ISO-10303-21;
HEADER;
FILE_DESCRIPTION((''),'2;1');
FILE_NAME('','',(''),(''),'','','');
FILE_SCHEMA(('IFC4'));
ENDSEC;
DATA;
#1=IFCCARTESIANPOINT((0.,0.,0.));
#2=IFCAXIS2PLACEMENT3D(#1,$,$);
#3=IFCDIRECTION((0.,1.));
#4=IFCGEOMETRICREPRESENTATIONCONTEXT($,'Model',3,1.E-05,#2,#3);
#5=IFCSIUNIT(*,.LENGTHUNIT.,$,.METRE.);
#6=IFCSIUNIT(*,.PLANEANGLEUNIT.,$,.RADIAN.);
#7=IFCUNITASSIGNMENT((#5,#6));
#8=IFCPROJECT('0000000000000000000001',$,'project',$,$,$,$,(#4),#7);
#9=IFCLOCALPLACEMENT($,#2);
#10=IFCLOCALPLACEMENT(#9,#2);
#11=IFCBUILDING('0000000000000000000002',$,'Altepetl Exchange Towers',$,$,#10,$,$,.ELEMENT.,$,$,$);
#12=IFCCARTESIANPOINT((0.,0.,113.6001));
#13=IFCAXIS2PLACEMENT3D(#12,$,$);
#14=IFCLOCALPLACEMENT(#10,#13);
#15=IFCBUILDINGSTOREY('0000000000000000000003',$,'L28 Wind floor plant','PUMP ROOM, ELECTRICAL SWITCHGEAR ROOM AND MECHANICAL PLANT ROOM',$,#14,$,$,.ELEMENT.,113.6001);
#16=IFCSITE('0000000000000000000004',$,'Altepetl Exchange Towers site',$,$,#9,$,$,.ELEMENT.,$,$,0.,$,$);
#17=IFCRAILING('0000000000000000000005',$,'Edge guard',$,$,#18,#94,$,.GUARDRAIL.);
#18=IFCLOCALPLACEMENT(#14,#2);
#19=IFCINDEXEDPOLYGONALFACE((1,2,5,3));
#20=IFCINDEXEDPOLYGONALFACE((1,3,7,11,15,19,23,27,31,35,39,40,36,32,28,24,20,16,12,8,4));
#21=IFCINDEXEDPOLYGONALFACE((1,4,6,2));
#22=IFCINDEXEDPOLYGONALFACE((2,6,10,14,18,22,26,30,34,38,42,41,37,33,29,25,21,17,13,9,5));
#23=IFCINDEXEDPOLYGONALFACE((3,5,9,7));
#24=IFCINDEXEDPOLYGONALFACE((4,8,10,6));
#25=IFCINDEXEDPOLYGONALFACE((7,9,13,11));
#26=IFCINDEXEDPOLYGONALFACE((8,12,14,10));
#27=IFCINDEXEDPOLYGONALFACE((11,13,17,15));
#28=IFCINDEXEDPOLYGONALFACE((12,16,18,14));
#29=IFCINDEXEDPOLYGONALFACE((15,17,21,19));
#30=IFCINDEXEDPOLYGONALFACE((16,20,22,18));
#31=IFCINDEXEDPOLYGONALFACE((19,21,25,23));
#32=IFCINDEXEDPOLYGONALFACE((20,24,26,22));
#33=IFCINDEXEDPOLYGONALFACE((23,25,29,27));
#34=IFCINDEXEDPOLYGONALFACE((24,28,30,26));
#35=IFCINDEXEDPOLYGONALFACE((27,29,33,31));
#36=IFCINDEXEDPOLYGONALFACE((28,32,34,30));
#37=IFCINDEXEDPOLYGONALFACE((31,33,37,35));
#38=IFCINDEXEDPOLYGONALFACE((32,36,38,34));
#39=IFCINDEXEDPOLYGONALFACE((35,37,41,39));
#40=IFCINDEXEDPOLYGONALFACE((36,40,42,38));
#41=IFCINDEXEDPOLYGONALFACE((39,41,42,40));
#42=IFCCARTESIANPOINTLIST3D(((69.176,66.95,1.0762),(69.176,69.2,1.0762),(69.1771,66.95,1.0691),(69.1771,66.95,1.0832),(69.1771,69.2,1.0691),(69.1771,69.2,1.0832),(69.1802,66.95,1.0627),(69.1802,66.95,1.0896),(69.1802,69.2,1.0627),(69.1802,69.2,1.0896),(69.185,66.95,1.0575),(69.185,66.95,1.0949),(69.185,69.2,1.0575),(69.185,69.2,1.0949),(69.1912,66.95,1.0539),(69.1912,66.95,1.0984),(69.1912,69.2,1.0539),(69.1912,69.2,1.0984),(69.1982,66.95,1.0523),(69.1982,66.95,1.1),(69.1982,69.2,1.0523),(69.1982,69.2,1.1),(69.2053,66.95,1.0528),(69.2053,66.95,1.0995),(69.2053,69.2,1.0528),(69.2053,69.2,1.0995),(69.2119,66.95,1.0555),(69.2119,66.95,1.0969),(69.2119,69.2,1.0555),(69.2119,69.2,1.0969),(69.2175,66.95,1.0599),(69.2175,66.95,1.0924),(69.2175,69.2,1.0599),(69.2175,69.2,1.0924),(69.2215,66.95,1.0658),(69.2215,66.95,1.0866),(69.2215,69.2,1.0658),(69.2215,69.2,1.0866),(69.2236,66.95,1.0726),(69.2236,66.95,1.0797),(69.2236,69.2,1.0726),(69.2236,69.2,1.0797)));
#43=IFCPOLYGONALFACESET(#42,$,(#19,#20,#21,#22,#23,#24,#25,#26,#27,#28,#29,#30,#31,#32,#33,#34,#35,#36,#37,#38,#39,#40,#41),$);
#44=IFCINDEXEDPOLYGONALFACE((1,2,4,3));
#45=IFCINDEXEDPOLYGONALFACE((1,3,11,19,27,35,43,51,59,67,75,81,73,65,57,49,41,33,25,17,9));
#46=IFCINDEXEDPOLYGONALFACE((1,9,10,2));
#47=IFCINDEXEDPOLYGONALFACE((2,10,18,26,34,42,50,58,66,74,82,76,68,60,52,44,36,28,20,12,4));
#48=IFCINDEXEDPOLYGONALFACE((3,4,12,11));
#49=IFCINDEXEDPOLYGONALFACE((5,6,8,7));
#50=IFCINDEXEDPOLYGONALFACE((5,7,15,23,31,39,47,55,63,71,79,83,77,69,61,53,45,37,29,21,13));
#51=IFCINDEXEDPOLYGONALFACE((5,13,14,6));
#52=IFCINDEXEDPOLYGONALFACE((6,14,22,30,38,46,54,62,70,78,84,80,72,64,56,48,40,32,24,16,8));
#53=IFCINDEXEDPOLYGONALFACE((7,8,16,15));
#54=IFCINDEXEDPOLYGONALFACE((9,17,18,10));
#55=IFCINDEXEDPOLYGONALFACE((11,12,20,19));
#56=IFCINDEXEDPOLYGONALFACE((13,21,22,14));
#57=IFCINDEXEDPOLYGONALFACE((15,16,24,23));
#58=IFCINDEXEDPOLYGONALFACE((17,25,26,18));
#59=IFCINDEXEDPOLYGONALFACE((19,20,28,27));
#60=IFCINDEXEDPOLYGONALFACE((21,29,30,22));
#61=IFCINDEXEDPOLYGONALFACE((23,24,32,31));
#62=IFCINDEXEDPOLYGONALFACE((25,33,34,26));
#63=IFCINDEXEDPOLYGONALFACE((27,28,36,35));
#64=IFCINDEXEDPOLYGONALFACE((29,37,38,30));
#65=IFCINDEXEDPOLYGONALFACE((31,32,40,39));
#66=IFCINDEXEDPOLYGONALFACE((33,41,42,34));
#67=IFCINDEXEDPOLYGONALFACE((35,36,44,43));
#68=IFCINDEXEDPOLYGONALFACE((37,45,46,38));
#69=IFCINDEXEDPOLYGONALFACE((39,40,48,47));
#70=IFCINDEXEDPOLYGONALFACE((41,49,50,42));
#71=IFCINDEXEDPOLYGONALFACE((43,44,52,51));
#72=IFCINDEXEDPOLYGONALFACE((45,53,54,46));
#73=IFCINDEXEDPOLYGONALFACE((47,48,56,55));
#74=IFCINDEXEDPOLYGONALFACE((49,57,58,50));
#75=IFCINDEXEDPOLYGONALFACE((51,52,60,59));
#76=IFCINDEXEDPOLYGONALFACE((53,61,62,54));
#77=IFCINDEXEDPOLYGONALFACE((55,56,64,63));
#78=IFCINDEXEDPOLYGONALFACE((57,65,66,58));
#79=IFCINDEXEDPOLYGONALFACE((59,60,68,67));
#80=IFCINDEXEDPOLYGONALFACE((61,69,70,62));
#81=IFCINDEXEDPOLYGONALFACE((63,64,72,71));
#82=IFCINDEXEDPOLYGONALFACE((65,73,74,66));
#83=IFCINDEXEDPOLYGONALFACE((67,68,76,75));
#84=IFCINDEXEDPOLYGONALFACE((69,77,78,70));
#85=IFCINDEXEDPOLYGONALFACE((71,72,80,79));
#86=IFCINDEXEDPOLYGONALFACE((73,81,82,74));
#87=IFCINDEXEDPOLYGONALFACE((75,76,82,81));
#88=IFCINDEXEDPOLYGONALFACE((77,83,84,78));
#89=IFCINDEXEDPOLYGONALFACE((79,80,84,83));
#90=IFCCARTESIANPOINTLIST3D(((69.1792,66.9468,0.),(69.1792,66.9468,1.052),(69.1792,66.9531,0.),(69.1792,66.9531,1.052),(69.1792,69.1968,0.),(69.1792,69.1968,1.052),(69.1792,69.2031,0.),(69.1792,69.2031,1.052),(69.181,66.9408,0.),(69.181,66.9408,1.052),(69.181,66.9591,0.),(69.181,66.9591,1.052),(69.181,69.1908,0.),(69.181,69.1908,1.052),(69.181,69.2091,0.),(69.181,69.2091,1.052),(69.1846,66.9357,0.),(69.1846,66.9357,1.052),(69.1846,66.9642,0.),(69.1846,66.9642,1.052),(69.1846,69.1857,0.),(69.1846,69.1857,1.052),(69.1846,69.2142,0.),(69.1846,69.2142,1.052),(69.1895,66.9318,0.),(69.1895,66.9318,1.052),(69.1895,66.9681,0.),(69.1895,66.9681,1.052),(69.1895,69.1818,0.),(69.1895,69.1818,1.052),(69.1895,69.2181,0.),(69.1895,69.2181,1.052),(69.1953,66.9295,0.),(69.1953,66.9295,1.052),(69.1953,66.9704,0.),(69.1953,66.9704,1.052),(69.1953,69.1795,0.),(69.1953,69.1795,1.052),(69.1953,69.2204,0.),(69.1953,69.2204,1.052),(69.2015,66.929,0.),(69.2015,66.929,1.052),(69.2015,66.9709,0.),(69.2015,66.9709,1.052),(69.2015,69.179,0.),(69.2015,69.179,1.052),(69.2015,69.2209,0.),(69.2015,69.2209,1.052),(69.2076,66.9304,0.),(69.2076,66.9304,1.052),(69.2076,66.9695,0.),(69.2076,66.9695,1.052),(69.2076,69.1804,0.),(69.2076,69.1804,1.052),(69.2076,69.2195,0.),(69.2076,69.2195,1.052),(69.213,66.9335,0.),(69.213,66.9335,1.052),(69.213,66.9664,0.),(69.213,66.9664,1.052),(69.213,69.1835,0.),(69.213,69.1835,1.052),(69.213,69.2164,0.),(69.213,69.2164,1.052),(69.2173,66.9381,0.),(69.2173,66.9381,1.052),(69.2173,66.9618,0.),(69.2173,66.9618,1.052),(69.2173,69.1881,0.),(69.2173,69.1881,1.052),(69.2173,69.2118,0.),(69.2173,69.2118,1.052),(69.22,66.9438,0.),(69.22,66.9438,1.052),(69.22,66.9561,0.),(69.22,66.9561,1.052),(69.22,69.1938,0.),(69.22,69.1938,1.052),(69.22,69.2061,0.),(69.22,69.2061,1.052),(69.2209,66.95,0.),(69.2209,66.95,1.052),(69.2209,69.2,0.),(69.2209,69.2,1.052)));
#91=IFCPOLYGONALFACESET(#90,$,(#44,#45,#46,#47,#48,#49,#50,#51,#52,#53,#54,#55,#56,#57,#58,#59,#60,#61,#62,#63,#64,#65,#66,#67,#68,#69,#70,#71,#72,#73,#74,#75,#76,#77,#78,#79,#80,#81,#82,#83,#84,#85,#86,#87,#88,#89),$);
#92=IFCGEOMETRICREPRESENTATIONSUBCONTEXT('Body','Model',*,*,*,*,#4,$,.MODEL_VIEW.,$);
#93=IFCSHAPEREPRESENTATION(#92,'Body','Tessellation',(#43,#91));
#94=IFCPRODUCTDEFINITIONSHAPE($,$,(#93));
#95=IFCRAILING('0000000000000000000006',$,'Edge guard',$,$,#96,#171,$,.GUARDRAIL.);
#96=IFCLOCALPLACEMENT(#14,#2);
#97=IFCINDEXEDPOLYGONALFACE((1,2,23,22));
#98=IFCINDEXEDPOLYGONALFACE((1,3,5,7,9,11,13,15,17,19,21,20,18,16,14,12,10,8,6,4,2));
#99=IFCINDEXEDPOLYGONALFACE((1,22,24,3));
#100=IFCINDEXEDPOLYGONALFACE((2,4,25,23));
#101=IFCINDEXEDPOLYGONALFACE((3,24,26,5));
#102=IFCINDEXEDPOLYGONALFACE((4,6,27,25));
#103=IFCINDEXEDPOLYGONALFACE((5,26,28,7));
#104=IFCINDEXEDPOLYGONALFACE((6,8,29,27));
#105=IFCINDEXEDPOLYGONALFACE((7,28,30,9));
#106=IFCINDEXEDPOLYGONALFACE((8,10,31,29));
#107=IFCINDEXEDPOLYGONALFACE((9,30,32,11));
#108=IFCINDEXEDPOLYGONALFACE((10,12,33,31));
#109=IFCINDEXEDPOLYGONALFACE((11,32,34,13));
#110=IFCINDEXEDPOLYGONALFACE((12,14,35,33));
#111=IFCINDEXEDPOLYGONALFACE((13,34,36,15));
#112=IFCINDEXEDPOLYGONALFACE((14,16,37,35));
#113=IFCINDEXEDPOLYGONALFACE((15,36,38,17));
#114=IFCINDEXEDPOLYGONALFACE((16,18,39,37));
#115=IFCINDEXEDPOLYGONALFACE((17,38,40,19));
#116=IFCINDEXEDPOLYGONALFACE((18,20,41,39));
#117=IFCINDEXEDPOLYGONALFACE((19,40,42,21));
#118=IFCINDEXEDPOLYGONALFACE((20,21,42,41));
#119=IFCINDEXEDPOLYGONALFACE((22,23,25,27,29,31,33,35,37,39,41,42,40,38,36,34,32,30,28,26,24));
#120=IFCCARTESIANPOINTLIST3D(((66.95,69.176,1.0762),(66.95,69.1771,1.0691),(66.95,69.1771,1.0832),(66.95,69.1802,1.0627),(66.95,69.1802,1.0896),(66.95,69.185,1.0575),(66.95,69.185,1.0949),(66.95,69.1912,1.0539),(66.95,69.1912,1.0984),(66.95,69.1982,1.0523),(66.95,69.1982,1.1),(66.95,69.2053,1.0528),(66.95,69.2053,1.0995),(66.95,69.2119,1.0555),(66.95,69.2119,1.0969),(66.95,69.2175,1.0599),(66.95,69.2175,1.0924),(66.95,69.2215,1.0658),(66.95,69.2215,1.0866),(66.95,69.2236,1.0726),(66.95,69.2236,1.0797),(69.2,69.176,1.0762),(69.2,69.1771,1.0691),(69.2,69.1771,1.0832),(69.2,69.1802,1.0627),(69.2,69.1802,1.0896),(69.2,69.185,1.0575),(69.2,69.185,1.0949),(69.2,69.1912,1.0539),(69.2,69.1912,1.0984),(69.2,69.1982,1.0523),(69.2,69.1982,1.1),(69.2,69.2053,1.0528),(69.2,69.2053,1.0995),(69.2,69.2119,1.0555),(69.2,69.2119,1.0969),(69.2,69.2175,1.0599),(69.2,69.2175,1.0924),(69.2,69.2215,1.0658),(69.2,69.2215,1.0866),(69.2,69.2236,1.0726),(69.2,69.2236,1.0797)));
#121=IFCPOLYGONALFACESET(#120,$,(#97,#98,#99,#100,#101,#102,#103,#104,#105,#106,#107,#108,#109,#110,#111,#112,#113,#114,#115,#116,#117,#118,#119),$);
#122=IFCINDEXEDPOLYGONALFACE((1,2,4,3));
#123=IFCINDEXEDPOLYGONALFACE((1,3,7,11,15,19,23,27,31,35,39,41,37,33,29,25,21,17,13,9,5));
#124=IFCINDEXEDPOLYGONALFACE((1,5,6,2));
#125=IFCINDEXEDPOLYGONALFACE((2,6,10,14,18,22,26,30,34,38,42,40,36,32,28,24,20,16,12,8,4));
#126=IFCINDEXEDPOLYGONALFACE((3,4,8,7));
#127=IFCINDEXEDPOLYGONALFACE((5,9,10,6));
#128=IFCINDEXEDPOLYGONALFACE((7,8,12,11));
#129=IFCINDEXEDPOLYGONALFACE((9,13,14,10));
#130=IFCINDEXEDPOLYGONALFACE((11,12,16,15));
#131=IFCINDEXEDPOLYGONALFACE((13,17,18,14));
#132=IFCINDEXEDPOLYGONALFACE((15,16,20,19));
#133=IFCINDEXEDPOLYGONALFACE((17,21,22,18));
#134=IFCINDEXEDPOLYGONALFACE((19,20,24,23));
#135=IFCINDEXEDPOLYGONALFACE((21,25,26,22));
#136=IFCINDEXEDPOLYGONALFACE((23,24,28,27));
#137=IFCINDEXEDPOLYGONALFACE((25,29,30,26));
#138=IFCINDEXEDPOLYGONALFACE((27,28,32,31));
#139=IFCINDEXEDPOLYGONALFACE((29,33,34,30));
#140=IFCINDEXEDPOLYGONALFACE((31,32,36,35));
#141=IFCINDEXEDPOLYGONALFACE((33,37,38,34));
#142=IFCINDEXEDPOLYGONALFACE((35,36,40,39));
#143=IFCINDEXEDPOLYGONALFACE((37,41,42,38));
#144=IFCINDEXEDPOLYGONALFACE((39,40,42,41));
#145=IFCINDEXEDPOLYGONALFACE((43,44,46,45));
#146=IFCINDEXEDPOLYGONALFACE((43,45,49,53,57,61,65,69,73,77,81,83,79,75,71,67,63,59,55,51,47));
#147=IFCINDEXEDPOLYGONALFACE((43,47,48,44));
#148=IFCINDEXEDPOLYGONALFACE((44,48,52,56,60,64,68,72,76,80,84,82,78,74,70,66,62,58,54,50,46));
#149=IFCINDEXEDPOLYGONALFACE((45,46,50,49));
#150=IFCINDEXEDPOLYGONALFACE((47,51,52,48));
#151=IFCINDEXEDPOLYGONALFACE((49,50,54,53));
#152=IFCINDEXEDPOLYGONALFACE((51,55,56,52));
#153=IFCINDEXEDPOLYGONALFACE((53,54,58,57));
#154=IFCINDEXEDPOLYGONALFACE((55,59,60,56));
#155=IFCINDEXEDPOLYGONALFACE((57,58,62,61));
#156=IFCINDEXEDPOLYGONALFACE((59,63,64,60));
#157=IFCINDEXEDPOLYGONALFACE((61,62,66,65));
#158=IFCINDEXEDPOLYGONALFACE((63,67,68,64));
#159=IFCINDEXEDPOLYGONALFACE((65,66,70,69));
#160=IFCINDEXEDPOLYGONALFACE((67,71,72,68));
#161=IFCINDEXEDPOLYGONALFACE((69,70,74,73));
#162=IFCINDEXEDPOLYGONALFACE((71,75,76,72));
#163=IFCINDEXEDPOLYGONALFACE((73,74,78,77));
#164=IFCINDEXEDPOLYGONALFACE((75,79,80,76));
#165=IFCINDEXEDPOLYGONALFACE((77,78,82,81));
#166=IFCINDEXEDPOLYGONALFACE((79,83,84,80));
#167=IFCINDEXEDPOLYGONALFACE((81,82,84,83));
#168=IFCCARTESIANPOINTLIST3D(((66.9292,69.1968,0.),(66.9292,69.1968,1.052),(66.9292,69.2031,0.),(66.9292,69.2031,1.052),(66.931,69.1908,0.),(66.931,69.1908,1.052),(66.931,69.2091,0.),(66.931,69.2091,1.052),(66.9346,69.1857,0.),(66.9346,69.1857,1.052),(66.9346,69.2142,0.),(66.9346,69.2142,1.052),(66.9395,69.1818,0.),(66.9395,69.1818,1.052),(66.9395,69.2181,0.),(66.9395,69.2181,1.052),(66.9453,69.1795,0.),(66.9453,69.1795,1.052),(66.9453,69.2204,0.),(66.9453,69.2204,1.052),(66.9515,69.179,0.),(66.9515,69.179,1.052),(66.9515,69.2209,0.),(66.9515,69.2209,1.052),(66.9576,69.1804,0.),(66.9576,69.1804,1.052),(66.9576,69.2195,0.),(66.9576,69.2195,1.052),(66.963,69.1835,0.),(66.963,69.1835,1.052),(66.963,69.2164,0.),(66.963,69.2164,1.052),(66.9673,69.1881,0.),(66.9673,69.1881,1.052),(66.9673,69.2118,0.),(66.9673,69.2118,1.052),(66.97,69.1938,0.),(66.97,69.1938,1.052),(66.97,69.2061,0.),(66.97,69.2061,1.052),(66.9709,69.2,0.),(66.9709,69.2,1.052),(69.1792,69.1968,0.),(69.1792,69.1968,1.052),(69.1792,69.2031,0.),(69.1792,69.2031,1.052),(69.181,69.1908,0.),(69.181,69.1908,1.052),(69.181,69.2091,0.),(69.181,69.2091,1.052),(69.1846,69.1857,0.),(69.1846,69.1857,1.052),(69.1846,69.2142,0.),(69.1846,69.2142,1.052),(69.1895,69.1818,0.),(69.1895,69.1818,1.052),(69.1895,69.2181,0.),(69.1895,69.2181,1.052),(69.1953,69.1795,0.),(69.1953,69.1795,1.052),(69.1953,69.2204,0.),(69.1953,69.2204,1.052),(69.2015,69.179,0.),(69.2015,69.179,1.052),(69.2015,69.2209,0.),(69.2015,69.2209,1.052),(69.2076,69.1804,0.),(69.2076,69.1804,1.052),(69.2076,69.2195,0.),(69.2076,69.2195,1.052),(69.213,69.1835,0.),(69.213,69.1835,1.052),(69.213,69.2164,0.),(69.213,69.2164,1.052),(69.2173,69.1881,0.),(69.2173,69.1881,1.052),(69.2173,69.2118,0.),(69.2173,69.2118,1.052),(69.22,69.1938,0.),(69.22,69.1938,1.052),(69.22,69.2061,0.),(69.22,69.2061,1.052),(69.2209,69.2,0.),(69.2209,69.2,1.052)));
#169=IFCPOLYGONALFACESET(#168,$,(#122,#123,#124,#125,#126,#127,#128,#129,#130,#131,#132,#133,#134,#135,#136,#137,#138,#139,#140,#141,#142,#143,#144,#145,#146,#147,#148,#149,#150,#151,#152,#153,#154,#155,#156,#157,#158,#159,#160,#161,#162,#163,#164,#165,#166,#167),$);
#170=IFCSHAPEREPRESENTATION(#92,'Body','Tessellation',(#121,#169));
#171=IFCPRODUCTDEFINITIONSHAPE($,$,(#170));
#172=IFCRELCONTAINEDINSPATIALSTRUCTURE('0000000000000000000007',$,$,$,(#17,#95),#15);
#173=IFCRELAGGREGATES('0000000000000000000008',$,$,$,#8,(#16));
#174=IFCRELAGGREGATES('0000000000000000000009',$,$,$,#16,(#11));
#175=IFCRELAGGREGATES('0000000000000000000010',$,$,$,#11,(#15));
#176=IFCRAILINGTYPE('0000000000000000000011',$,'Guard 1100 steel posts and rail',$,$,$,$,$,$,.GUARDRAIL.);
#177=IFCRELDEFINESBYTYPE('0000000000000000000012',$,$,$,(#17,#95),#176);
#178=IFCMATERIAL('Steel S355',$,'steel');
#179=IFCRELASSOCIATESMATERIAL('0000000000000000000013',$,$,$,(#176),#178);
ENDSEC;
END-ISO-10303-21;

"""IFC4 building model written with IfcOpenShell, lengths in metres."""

from ifc_helpers import new_model, si_unit, direction, frame, origin, origin_2d, place, context, subcontext, project, spatial, circle, extrude, source, transform, mapped, material, type_object, element, save


model = new_model("IFC4")

# Units and contexts
model_context = context("Model", 3, precision=1e-05, world=origin(), true_north=direction((0.0, 1.0)))
body_context = subcontext(model_context, "Body", "Model", "MODEL_VIEW")
ifc_project = project(units=[si_unit("LENGTHUNIT", "METRE"), si_unit("PLANEANGLEUNIT", "RADIAN")], contexts=[model_context])

# Site, building, storey
site_placement = place(None, origin())
site = spatial("IfcSite", under=ifc_project, at=site_placement, Name="Altepetl Exchange Towers site", CompositionType="ELEMENT", RefElevation=0.0)
building_placement = place(site_placement, origin())
building = spatial("IfcBuilding", under=site, at=building_placement, Name="Altepetl Exchange Towers", CompositionType="ELEMENT")
storey_placement = place(building_placement, frame((0.0, 0.0, 113.6001)))
storey = spatial("IfcBuildingStorey", under=building, at=storey_placement, Name="L28 Wind floor plant", Description="PUMP ROOM, ELECTRICAL SWITCHGEAR ROOM AND MECHANICAL PLANT ROOM", CompositionType="ELEMENT", Elevation=113.6001)

# Shared definitions
ifc_material_1 = material(Name="Steel S355", Category="steel")

# Railings
railing_type = type_object("IfcRailingType", Name="Guard 1100 steel posts and rail", PredefinedType="GUARDRAIL", material=ifc_material_1)
shared_shape = source(origin(), body_context, "Body", "SweptSolid", [
    extrude(circle(Radius=0.021, at=origin_2d()), origin(), (0.0, 0.0, 1.0), 1.052),
])
railing_1_placement = place(storey_placement, frame((69.2, 66.95, 0.0)))
element("IfcRailing", 1, at=railing_1_placement, inside=storey, type_object=railing_type, Name="Edge guard", PredefinedType="GUARDRAIL", context=body_context, shape_type="SweptSolid", body=[
    extrude(circle(Radius=0.0239, at=origin_2d()), frame((0.0, 0.0, 1.0762), z_axis=(0.0, 1.0, 0.0), x_axis=(-1.0, 0.0, 0.0)), (0.0, 0.0, 1.0), 2.25),
    mapped(shared_shape, transform((0.0, 0.0, 0.0))),
    mapped(shared_shape, transform((0.0, 2.25, 0.0))),
])
railing_2_placement = place(storey_placement, frame((69.2, 69.2, 0.0)))
element("IfcRailing", 2, at=railing_2_placement, inside=storey, type_object=railing_type, Name="Edge guard", PredefinedType="GUARDRAIL", context=body_context, shape_type="SweptSolid", body=[
    extrude(circle(Radius=0.0239, at=origin_2d()), frame((0.0, 0.0, 1.0762), z_axis=(-1.0, 0.0, 0.0), x_axis=(0.0, -1.0, 0.0)), (0.0, 0.0, 1.0), 2.25),
    mapped(shared_shape, transform((0.0, 0.0, 0.0))),
    mapped(shared_shape, transform((-2.25, 0.0, 0.0))),
])

save(model, "model.ifc")
